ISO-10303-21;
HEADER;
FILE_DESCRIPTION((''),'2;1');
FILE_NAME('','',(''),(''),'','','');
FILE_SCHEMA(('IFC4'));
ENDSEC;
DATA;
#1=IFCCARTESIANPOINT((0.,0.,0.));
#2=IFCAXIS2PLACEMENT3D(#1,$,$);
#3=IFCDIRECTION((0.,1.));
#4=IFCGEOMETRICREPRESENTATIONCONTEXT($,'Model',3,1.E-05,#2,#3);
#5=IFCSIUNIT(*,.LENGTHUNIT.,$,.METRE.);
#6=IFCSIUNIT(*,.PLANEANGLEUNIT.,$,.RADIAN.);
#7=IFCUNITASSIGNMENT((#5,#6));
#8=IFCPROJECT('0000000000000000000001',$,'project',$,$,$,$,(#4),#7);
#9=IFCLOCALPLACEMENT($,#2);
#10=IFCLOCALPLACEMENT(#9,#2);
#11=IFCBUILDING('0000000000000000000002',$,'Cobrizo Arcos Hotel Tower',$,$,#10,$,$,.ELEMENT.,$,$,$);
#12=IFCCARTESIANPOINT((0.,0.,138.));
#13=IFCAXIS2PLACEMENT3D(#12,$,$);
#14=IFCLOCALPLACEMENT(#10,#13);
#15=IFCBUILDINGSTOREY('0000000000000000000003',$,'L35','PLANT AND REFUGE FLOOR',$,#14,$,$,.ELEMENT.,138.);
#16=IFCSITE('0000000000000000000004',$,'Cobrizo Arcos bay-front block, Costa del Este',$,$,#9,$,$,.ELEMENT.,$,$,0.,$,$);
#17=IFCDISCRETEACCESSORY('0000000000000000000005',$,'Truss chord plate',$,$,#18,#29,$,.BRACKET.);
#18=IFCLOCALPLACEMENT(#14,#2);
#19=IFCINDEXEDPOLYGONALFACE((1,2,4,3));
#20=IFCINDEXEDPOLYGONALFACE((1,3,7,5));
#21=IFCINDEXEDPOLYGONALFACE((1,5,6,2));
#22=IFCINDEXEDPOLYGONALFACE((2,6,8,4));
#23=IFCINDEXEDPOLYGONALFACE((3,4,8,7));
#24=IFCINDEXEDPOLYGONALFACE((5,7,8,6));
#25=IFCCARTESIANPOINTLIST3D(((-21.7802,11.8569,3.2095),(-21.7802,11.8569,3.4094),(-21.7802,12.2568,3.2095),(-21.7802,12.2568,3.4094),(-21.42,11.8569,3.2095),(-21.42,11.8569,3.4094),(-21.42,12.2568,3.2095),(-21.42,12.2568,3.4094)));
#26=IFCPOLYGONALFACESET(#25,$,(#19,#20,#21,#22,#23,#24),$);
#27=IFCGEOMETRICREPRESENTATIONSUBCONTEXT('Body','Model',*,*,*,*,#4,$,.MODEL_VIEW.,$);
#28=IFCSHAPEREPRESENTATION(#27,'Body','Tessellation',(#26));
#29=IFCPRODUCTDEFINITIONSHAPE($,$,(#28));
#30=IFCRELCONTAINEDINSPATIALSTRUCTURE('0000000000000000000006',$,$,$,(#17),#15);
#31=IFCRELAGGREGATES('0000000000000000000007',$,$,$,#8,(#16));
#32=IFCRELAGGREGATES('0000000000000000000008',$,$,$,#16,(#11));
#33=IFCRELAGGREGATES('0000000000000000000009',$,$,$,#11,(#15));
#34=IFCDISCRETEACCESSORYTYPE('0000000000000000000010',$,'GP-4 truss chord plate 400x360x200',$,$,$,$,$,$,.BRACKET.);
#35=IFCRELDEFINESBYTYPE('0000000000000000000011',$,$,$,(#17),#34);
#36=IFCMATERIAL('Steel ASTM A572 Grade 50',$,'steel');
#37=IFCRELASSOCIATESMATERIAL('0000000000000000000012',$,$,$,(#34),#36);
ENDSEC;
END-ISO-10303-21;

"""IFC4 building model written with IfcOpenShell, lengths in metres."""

from ifc_helpers import new_model, si_unit, direction, frame, origin, origin_2d, place, context, subcontext, project, spatial, rectangle, extrude, material, type_object, element, save


model = new_model("IFC4")

# Units and contexts
model_context = context("Model", 3, precision=1e-05, world=origin(), true_north=direction((0.0, 1.0)))
body_context = subcontext(model_context, "Body", "Model", "MODEL_VIEW")
ifc_project = project(units=[si_unit("LENGTHUNIT", "METRE"), si_unit("PLANEANGLEUNIT", "RADIAN")], contexts=[model_context])

# Site, building, storey
site_placement = place(None, origin())
site = spatial("IfcSite", under=ifc_project, at=site_placement, Name="Cobrizo Arcos bay-front block, Costa del Este", CompositionType="ELEMENT", RefElevation=0.0)
building_placement = place(site_placement, origin())
building = spatial("IfcBuilding", under=site, at=building_placement, Name="Cobrizo Arcos Hotel Tower", CompositionType="ELEMENT")
storey_placement = place(building_placement, frame((0.0, 0.0, 138.0)))
storey = spatial("IfcBuildingStorey", under=building, at=storey_placement, Name="L35", Description="PLANT AND REFUGE FLOOR", CompositionType="ELEMENT", Elevation=138.0)

# Discrete accessory
ifc_material_1 = material(Name="Steel ASTM A572 Grade 50", Category="steel")
discrete_accessory_type = type_object("IfcDiscreteAccessoryType", Name="GP-4 truss chord plate 400x360x200", PredefinedType="BRACKET", material=ifc_material_1)
discrete_accessory_placement = place(storey_placement, frame((-21.6001, 12.0569, 3.2095), z_axis=(0.0, 0.0, 1.0), x_axis=(0.0, -1.0, 0.0)))
element("IfcDiscreteAccessory", 1, at=discrete_accessory_placement, inside=storey, type_object=discrete_accessory_type, Name="Truss chord plate", PredefinedType="BRACKET", context=body_context, shape_type="SweptSolid", body=[
    extrude(rectangle(XDim=0.3999, YDim=0.3601, at=origin_2d()), origin(), (0.0, 0.0, 1.0), 0.2),
])

save(model, "model.ifc")
